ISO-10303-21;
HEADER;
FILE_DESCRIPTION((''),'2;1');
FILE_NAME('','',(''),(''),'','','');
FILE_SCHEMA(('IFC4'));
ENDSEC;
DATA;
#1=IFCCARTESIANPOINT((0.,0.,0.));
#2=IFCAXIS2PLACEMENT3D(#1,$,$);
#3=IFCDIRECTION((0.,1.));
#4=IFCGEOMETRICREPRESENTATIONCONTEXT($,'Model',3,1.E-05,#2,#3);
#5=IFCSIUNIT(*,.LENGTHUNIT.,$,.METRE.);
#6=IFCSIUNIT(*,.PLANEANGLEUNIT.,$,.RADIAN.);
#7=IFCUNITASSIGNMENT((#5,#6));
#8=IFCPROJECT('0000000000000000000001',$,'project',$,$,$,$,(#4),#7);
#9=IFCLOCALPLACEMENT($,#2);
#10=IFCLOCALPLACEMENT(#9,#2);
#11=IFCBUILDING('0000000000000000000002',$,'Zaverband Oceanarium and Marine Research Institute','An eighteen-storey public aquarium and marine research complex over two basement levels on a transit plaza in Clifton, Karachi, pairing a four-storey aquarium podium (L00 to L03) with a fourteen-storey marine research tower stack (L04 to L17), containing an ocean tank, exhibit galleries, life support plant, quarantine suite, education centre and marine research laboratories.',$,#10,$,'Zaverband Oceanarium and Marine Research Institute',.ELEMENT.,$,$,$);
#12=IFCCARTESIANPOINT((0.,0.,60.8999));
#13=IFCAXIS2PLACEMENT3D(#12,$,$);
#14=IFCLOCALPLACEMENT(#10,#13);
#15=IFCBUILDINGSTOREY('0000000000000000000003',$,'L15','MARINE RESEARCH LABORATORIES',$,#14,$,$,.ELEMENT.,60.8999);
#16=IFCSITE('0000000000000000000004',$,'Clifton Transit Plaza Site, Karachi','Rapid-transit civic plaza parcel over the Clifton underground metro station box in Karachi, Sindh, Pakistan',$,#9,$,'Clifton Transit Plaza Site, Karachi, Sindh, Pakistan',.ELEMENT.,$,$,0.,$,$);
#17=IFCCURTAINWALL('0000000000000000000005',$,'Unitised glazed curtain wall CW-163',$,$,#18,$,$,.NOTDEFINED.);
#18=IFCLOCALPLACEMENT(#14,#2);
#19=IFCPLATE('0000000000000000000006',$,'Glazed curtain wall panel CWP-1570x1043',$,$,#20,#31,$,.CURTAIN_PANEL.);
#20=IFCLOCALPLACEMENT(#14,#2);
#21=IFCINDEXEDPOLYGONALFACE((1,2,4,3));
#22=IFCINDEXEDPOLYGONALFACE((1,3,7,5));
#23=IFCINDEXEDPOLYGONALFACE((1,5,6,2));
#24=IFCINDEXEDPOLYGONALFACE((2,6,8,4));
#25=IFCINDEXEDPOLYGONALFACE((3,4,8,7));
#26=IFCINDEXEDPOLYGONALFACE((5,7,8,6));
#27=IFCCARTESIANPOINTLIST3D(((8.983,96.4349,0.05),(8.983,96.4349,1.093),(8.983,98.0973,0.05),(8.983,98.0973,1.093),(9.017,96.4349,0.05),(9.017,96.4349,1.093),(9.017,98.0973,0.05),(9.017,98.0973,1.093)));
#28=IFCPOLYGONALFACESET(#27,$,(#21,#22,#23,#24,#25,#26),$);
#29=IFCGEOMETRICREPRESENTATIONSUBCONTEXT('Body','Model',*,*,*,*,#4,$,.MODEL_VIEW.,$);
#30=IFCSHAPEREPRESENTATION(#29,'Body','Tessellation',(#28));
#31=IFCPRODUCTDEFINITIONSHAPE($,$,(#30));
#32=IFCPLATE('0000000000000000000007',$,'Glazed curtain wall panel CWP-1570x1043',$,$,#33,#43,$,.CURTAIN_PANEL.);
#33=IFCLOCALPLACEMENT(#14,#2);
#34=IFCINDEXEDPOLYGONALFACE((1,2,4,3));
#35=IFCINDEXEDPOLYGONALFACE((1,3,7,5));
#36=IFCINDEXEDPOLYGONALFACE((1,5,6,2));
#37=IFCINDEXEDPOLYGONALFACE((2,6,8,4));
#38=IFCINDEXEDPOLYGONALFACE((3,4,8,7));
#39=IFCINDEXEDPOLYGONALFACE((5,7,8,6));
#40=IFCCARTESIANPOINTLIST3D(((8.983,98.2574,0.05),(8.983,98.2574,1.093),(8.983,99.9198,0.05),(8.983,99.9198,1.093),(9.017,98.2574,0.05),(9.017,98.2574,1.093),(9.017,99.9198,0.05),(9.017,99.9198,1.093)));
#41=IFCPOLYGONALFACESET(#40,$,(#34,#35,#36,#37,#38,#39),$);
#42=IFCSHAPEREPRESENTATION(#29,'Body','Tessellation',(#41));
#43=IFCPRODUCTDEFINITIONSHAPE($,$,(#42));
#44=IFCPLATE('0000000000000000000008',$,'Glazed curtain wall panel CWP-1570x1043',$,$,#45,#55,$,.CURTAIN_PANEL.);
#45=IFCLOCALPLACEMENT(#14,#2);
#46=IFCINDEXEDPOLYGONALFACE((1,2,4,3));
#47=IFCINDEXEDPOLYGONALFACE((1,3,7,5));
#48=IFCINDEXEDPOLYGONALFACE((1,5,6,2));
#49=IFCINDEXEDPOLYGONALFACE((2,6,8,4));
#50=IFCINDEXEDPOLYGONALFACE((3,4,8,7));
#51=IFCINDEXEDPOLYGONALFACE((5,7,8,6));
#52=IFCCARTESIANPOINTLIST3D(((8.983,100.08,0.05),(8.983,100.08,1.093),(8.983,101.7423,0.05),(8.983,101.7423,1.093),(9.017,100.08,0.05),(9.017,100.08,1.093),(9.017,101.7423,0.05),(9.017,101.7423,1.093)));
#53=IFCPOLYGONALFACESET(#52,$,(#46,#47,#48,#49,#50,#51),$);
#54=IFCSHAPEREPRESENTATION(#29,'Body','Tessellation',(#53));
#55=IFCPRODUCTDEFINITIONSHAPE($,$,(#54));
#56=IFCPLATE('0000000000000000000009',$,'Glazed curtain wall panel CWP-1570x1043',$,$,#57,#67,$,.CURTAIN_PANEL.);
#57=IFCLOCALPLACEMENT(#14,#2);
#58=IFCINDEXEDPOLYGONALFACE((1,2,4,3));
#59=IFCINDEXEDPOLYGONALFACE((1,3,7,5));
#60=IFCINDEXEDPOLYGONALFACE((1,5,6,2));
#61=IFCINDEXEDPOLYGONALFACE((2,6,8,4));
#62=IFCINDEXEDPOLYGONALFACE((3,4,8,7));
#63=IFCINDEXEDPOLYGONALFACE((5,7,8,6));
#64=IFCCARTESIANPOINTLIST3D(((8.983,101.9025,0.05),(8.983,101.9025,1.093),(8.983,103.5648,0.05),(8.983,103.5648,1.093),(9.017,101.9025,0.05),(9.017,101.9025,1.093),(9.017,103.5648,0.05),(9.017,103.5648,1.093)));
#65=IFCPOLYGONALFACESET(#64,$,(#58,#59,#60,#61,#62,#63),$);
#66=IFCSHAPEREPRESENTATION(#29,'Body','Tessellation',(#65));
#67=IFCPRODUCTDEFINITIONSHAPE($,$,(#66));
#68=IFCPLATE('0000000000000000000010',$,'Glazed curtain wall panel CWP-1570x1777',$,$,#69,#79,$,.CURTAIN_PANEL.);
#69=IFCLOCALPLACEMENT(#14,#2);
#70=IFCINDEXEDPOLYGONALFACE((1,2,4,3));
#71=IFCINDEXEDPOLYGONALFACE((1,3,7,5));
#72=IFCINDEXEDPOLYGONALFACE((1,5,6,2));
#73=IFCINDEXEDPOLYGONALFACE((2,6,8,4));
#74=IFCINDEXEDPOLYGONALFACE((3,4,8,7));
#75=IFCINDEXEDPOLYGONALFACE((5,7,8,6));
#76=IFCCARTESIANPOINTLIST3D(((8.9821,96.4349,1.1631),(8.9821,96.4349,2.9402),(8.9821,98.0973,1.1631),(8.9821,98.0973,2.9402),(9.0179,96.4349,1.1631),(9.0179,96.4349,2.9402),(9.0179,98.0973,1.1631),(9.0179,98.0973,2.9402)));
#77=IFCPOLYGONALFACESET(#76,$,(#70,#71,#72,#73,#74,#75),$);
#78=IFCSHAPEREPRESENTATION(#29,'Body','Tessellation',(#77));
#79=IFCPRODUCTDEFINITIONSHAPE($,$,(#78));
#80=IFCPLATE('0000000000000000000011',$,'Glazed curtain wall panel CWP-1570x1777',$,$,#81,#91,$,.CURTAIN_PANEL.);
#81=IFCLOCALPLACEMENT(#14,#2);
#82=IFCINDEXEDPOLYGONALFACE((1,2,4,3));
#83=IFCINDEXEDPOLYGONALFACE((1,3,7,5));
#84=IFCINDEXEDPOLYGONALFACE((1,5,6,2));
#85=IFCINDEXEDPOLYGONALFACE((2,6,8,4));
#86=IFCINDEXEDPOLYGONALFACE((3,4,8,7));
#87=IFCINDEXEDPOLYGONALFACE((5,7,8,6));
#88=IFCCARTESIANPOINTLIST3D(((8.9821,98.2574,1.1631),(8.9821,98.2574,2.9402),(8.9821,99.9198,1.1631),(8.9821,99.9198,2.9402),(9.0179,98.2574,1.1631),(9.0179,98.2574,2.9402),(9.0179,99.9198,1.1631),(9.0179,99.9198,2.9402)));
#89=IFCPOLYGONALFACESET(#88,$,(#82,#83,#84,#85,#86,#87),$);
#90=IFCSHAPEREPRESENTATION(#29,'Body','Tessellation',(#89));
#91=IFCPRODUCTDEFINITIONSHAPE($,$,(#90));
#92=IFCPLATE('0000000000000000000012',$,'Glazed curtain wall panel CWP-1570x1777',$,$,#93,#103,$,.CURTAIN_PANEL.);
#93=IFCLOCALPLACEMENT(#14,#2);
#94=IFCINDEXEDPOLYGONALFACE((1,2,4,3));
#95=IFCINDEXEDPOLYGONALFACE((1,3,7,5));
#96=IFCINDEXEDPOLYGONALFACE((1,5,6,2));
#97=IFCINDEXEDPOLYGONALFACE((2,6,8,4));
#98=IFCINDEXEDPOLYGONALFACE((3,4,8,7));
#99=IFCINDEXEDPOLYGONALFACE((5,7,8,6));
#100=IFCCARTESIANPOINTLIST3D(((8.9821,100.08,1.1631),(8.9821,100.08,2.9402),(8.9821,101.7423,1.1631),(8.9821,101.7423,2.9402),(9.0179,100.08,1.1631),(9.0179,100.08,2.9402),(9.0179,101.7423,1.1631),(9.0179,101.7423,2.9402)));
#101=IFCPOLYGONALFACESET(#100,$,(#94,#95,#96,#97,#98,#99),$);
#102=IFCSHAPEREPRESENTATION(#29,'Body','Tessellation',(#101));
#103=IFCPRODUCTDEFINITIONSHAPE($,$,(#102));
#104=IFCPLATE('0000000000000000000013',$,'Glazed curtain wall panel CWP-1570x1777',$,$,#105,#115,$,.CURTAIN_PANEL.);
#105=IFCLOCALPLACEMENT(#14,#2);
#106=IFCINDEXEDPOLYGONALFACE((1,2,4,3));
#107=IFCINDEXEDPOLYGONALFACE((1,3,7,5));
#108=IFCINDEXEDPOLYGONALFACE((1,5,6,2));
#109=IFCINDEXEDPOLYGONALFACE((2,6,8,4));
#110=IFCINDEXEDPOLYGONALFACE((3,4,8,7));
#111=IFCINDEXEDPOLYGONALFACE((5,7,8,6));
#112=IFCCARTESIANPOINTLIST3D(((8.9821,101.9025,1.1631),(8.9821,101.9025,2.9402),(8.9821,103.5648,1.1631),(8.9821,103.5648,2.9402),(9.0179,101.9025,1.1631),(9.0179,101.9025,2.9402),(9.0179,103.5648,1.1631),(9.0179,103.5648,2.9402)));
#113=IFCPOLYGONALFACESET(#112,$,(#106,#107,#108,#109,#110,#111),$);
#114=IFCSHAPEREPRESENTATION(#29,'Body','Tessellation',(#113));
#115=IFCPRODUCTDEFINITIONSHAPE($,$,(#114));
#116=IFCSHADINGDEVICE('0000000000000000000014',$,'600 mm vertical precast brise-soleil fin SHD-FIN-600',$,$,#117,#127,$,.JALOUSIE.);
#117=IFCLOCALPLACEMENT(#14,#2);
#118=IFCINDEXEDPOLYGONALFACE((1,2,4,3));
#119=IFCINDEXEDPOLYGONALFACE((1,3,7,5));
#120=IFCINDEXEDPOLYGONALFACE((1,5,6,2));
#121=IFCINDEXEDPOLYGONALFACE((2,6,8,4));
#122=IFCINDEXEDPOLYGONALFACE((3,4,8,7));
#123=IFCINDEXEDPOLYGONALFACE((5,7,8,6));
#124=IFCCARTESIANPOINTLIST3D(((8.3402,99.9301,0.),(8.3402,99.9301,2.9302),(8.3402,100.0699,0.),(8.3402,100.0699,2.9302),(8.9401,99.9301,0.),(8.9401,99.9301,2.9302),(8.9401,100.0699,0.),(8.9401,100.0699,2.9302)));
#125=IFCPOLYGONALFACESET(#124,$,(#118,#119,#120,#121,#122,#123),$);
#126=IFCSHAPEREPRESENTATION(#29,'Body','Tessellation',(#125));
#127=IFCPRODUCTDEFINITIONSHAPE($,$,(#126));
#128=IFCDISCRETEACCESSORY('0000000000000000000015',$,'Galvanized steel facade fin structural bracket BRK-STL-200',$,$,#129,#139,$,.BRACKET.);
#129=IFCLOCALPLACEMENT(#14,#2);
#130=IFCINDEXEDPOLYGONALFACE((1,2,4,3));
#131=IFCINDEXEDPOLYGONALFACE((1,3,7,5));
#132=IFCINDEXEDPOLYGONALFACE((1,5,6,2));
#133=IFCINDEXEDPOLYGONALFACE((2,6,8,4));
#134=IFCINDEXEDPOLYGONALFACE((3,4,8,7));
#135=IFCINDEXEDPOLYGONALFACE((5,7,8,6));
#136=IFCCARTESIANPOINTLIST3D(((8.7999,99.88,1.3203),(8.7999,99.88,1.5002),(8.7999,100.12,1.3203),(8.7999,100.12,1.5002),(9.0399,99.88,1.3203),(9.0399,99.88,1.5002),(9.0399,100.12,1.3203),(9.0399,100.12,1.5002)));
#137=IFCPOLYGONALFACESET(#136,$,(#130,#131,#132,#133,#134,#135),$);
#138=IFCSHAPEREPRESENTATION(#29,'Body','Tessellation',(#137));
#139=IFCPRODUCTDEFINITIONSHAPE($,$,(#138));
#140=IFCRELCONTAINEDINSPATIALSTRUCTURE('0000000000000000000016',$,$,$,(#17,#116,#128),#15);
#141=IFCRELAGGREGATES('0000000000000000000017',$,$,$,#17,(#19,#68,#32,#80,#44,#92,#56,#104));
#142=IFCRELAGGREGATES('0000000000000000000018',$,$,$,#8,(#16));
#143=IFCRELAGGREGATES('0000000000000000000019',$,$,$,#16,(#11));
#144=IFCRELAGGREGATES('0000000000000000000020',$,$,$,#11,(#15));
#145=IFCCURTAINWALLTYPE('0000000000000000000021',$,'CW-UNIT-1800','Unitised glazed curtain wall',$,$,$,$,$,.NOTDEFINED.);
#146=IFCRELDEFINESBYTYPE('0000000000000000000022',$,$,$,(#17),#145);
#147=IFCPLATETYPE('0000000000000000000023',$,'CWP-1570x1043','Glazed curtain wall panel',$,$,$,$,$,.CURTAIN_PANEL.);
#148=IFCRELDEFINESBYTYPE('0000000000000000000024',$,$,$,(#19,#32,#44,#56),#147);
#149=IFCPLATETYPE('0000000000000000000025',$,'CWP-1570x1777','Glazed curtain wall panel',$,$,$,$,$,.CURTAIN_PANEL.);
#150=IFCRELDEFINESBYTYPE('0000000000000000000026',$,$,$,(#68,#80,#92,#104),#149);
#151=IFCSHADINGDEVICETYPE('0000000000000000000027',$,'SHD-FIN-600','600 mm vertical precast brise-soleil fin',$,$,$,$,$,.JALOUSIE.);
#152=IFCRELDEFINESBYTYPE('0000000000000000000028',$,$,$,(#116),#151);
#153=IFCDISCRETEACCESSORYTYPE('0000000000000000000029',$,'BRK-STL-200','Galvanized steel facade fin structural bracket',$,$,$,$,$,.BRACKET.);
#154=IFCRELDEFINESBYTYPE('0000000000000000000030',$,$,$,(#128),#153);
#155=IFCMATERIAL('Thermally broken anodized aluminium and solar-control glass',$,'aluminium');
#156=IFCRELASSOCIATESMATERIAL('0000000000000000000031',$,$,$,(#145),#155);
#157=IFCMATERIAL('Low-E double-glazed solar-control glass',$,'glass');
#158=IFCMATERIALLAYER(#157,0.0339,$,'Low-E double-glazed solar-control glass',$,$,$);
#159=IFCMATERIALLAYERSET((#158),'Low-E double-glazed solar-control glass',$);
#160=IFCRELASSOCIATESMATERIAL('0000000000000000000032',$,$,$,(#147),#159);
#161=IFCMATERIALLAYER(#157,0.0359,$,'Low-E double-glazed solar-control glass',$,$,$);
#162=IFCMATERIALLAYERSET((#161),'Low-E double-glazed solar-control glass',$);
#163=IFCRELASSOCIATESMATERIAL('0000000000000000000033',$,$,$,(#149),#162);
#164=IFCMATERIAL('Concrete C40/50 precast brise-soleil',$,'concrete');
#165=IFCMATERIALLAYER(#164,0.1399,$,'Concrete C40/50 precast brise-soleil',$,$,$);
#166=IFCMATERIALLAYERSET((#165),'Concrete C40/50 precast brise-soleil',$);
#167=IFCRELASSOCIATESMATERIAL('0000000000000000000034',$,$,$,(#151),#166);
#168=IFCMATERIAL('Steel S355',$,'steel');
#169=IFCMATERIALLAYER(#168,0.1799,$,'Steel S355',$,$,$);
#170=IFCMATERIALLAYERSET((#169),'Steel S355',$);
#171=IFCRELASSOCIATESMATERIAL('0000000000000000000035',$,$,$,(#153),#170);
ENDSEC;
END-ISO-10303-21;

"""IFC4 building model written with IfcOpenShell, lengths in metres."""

from ifc_helpers import new_model, si_unit, direction, frame, frame_2d, origin, origin_2d, place, context, subcontext, project, spatial, rectangle, extrude, material, layer, layer_set, type_object, element, aggregate, save


model = new_model("IFC4")

# Units and contexts
model_context = context("Model", 3, precision=1e-05, world=origin(), true_north=direction((0.0, 1.0)))
body_context = subcontext(model_context, "Body", "Model", "MODEL_VIEW")
ifc_project = project(units=[si_unit("LENGTHUNIT", "METRE"), si_unit("PLANEANGLEUNIT", "RADIAN")], contexts=[model_context])

# Site, building, storey
site_placement = place(None, origin())
site = spatial("IfcSite", under=ifc_project, at=site_placement, Name="Clifton Transit Plaza Site, Karachi", Description="Rapid-transit civic plaza parcel over the Clifton underground metro station box in Karachi, Sindh, Pakistan", LongName="Clifton Transit Plaza Site, Karachi, Sindh, Pakistan", CompositionType="ELEMENT", RefElevation=0.0)
building_placement = place(site_placement, origin())
building = spatial("IfcBuilding", under=site, at=building_placement, Name="Zaverband Oceanarium and Marine Research Institute", Description="An eighteen-storey public aquarium and marine research complex over two basement levels on a transit plaza in Clifton, Karachi, pairing a four-storey aquarium podium (L00 to L03) with a fourteen-storey marine research tower stack (L04 to L17), containing an ocean tank, exhibit galleries, life support plant, quarantine suite, education centre and marine research laboratories.", LongName="Zaverband Oceanarium and Marine Research Institute", CompositionType="ELEMENT")
storey_placement = place(building_placement, frame((0.0, 0.0, 60.8999)))
storey = spatial("IfcBuildingStorey", under=building, at=storey_placement, Name="L15", Description="MARINE RESEARCH LABORATORIES", CompositionType="ELEMENT", Elevation=60.8999)

# Curtain wall
ifc_material_1 = material(Name="Thermally broken anodized aluminium and solar-control glass", Category="aluminium")
curtain_wall_type = type_object("IfcCurtainWallType", Name="CW-UNIT-1800", Description="Unitised glazed curtain wall", PredefinedType="NOTDEFINED", material=ifc_material_1)
curtain_wall_placement = place(storey_placement, origin())
curtain_wall = element("IfcCurtainWall", 1, at=curtain_wall_placement, inside=storey, type_object=curtain_wall_type, Name="Unitised glazed curtain wall CW-163", PredefinedType="NOTDEFINED")

# Plates
ifc_material_2 = material(Name="Low-E double-glazed solar-control glass", Category="glass")
ifc_layer_1 = layer(ifc_material_2, 0.0339, Name="Low-E double-glazed solar-control glass")
ifc_layer_set_1 = layer_set([ifc_layer_1], Name="Low-E double-glazed solar-control glass")
plate_type_1 = type_object("IfcPlateType", Name="CWP-1570x1043", Description="Glazed curtain wall panel", PredefinedType="CURTAIN_PANEL", material=ifc_layer_set_1)
plate_1_placement = place(storey_placement, frame((9.0, 96.4351, 0.05), z_axis=(0.0, 0.0, 1.0), x_axis=(0.0, 1.0, 0.0)))
plate_1 = element("IfcPlate", 2, at=plate_1_placement, type_object=plate_type_1, Name="Glazed curtain wall panel CWP-1570x1043", PredefinedType="CURTAIN_PANEL", context=body_context, shape_type="SweptSolid", body=[
    extrude(rectangle(XDim=1.6624, YDim=0.0339, at=frame_2d((0.8311, 0.0))), origin(), (0.0, 0.0, 1.0), 1.043),
])
plate_2_placement = place(storey_placement, frame((9.0, 98.2576, 0.05), z_axis=(0.0, 0.0, 1.0), x_axis=(0.0, 1.0, 0.0)))
plate_2 = element("IfcPlate", 3, at=plate_2_placement, type_object=plate_type_1, Name="Glazed curtain wall panel CWP-1570x1043", PredefinedType="CURTAIN_PANEL", context=body_context, shape_type="SweptSolid", body=[
    extrude(rectangle(XDim=1.6624, YDim=0.0339, at=frame_2d((0.8311, 0.0))), origin(), (0.0, 0.0, 1.0), 1.043),
])
plate_3_placement = place(storey_placement, frame((9.0, 100.0801, 0.05), z_axis=(0.0, 0.0, 1.0), x_axis=(0.0, 1.0, 0.0)))
plate_3 = element("IfcPlate", 4, at=plate_3_placement, type_object=plate_type_1, Name="Glazed curtain wall panel CWP-1570x1043", PredefinedType="CURTAIN_PANEL", context=body_context, shape_type="SweptSolid", body=[
    extrude(rectangle(XDim=1.6624, YDim=0.0339, at=frame_2d((0.8311, 0.0))), origin(), (0.0, 0.0, 1.0), 1.043),
])
plate_4_placement = place(storey_placement, frame((9.0, 101.9026, 0.05), z_axis=(0.0, 0.0, 1.0), x_axis=(0.0, 1.0, 0.0)))
plate_4 = element("IfcPlate", 5, at=plate_4_placement, type_object=plate_type_1, Name="Glazed curtain wall panel CWP-1570x1043", PredefinedType="CURTAIN_PANEL", context=body_context, shape_type="SweptSolid", body=[
    extrude(rectangle(XDim=1.6624, YDim=0.0339, at=frame_2d((0.8311, 0.0))), origin(), (0.0, 0.0, 1.0), 1.043),
])
ifc_layer_2 = layer(ifc_material_2, 0.0359, Name="Low-E double-glazed solar-control glass")
ifc_layer_set_2 = layer_set([ifc_layer_2], Name="Low-E double-glazed solar-control glass")
plate_type_2 = type_object("IfcPlateType", Name="CWP-1570x1777", Description="Glazed curtain wall panel", PredefinedType="CURTAIN_PANEL", material=ifc_layer_set_2)
plate_5_placement = place(storey_placement, frame((9.0, 96.4351, 1.1631), z_axis=(0.0, 0.0, 1.0), x_axis=(0.0, 1.0, 0.0)))
plate_5 = element("IfcPlate", 6, at=plate_5_placement, type_object=plate_type_2, Name="Glazed curtain wall panel CWP-1570x1777", PredefinedType="CURTAIN_PANEL", context=body_context, shape_type="SweptSolid", body=[
    extrude(rectangle(XDim=1.6624, YDim=0.0359, at=frame_2d((0.8311, 0.0))), origin(), (0.0, 0.0, 1.0), 1.7771),
])
plate_6_placement = place(storey_placement, frame((9.0, 98.2576, 1.1631), z_axis=(0.0, 0.0, 1.0), x_axis=(0.0, 1.0, 0.0)))
plate_6 = element("IfcPlate", 7, at=plate_6_placement, type_object=plate_type_2, Name="Glazed curtain wall panel CWP-1570x1777", PredefinedType="CURTAIN_PANEL", context=body_context, shape_type="SweptSolid", body=[
    extrude(rectangle(XDim=1.6624, YDim=0.0359, at=frame_2d((0.8311, 0.0))), origin(), (0.0, 0.0, 1.0), 1.7771),
])
plate_7_placement = place(storey_placement, frame((9.0, 100.0801, 1.1631), z_axis=(0.0, 0.0, 1.0), x_axis=(0.0, 1.0, 0.0)))
plate_7 = element("IfcPlate", 8, at=plate_7_placement, type_object=plate_type_2, Name="Glazed curtain wall panel CWP-1570x1777", PredefinedType="CURTAIN_PANEL", context=body_context, shape_type="SweptSolid", body=[
    extrude(rectangle(XDim=1.6624, YDim=0.0359, at=frame_2d((0.8311, 0.0))), origin(), (0.0, 0.0, 1.0), 1.7771),
])
plate_8_placement = place(storey_placement, frame((9.0, 101.9026, 1.1631), z_axis=(0.0, 0.0, 1.0), x_axis=(0.0, 1.0, 0.0)))
plate_8 = element("IfcPlate", 9, at=plate_8_placement, type_object=plate_type_2, Name="Glazed curtain wall panel CWP-1570x1777", PredefinedType="CURTAIN_PANEL", context=body_context, shape_type="SweptSolid", body=[
    extrude(rectangle(XDim=1.6624, YDim=0.0359, at=frame_2d((0.8311, 0.0))), origin(), (0.0, 0.0, 1.0), 1.7771),
])
aggregate(curtain_wall, [plate_1, plate_5, plate_2, plate_6, plate_3, plate_7, plate_4, plate_8])

# Shading device
ifc_material_3 = material(Name="Concrete C40/50 precast brise-soleil", Category="concrete")
ifc_layer_3 = layer(ifc_material_3, 0.1399, Name="Concrete C40/50 precast brise-soleil")
ifc_layer_set_3 = layer_set([ifc_layer_3], Name="Concrete C40/50 precast brise-soleil")
shading_device_type = type_object("IfcShadingDeviceType", Name="SHD-FIN-600", Description="600 mm vertical precast brise-soleil fin", PredefinedType="JALOUSIE", material=ifc_layer_set_3)
shading_device_placement = place(storey_placement, frame((8.9399, 100.0, 0.0), z_axis=(0.0, 0.0, 1.0), x_axis=(-1.0, 0.0, 0.0)))
element("IfcShadingDevice", 10, at=shading_device_placement, inside=storey, type_object=shading_device_type, Name="600 mm vertical precast brise-soleil fin SHD-FIN-600", PredefinedType="JALOUSIE", context=body_context, shape_type="SweptSolid", body=[
    extrude(rectangle(XDim=0.5999, YDim=0.1399, at=frame_2d((0.2998, 0.0))), origin(), (0.0, 0.0, 1.0), 2.9302),
])

# Discrete accessory
ifc_material_4 = material(Name="Steel S355", Category="steel")
ifc_layer_4 = layer(ifc_material_4, 0.1799, Name="Steel S355")
ifc_layer_set_4 = layer_set([ifc_layer_4], Name="Steel S355")
discrete_accessory_type = type_object("IfcDiscreteAccessoryType", Name="BRK-STL-200", Description="Galvanized steel facade fin structural bracket", PredefinedType="BRACKET", material=ifc_layer_set_4)
discrete_accessory_placement = place(storey_placement, frame((8.9199, 100.0, 1.3203), z_axis=(0.0, 0.0, 1.0), x_axis=(1.0, 0.0, 0.0)))
element("IfcDiscreteAccessory", 11, at=discrete_accessory_placement, inside=storey, type_object=discrete_accessory_type, Name="Galvanized steel facade fin structural bracket BRK-STL-200", PredefinedType="BRACKET", context=body_context, shape_type="SweptSolid", body=[
    extrude(rectangle(XDim=0.24, YDim=0.24, at=origin_2d()), origin(), (0.0, 0.0, 1.0), 0.1799),
])

save(model, "model.ifc")
